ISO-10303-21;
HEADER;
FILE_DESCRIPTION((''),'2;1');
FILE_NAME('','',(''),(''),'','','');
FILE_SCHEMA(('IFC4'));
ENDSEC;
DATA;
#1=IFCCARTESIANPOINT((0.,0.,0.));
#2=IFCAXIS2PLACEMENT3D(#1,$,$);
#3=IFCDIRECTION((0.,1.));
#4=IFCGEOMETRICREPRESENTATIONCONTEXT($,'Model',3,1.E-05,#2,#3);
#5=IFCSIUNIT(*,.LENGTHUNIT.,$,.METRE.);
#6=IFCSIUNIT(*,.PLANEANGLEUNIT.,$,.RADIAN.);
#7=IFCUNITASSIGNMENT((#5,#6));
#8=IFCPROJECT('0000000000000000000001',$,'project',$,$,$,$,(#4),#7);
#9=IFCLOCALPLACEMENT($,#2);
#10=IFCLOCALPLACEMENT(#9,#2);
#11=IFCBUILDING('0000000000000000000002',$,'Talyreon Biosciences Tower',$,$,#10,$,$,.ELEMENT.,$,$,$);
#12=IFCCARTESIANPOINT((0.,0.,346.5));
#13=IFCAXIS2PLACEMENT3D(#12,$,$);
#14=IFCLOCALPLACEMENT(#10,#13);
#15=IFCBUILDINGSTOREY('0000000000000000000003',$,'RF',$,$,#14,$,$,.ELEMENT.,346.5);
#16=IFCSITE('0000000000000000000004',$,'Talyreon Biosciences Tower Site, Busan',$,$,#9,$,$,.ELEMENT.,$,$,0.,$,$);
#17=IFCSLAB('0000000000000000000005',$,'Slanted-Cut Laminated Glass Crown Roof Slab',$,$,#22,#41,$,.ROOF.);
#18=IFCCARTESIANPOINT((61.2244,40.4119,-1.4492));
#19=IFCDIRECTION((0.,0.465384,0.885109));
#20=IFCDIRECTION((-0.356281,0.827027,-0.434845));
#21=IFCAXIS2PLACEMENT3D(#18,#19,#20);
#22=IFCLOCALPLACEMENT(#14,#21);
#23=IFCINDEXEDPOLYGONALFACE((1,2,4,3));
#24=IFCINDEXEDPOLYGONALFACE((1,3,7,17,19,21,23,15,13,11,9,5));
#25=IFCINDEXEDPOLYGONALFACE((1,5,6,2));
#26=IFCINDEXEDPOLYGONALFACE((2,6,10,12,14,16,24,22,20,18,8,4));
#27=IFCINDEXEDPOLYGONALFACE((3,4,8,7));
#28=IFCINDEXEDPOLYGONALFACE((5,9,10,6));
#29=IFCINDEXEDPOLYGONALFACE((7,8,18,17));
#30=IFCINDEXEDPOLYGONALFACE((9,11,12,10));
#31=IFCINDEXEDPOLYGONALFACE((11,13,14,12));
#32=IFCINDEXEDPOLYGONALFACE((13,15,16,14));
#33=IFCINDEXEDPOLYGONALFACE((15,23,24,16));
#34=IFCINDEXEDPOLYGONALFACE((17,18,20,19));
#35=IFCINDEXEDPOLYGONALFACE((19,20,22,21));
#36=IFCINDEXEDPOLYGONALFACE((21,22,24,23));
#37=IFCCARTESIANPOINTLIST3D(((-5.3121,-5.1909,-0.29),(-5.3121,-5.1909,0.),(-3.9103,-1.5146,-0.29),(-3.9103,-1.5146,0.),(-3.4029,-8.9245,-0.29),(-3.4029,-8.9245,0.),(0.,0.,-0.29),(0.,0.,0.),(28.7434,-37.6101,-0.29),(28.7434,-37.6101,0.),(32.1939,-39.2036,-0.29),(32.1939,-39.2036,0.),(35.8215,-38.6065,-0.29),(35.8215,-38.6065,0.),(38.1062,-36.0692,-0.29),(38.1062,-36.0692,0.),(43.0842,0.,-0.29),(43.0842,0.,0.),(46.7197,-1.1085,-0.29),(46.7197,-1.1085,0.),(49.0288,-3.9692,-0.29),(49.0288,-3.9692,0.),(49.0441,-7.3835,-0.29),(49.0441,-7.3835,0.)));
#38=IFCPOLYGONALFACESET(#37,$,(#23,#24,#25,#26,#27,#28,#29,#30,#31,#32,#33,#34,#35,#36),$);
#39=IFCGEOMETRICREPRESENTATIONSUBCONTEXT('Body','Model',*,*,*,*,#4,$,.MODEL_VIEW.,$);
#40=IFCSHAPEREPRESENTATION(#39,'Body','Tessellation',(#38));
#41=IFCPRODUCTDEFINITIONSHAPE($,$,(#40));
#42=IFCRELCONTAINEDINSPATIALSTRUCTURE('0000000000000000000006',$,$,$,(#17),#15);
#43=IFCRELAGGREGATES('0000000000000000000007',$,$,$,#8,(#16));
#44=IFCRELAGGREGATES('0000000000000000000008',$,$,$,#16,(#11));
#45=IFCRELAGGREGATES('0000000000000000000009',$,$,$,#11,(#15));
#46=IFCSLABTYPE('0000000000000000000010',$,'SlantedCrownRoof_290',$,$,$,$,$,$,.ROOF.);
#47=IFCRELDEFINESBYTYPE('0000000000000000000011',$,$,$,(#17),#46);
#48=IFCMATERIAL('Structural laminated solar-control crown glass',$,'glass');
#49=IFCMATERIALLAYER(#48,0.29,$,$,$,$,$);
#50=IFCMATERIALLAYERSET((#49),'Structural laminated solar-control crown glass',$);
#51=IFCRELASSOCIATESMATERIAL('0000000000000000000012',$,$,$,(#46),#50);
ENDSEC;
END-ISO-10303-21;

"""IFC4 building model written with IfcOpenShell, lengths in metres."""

from ifc_helpers import new_model, si_unit, direction, frame, origin, place, context, subcontext, project, spatial, polyline, outline, extrude, material, layer, layer_set, type_object, element, save


model = new_model("IFC4")

# Units and contexts
model_context = context("Model", 3, precision=1e-05, world=origin(), true_north=direction((0.0, 1.0)))
body_context = subcontext(model_context, "Body", "Model", "MODEL_VIEW")
ifc_project = project(units=[si_unit("LENGTHUNIT", "METRE"), si_unit("PLANEANGLEUNIT", "RADIAN")], contexts=[model_context])

# Site, building, storey
site_placement = place(None, origin())
site = spatial("IfcSite", under=ifc_project, at=site_placement, Name="Talyreon Biosciences Tower Site, Busan", CompositionType="ELEMENT", RefElevation=0.0)
building_placement = place(site_placement, origin())
building = spatial("IfcBuilding", under=site, at=building_placement, Name="Talyreon Biosciences Tower", CompositionType="ELEMENT")
storey_placement = place(building_placement, frame((0.0, 0.0, 346.5)))
storey = spatial("IfcBuildingStorey", under=building, at=storey_placement, Name="RF", CompositionType="ELEMENT", Elevation=346.5)

# Slab
ifc_material_1 = material(Name="Structural laminated solar-control crown glass", Category="glass")
ifc_layer_1 = layer(ifc_material_1, 0.29)
ifc_layer_set_1 = layer_set([ifc_layer_1], Name="Structural laminated solar-control crown glass")
slab_type = type_object("IfcSlabType", Name="SlantedCrownRoof_290", PredefinedType="ROOF", material=ifc_layer_set_1)
slab_placement = place(storey_placement, frame((61.2244, 40.4119, -1.4492), z_axis=(0.0, 0.465384, 0.885109), x_axis=(-0.356281, 0.827027, -0.434845)))
element("IfcSlab", 1, at=slab_placement, inside=storey, type_object=slab_type, Name="Slanted-Cut Laminated Glass Crown Roof Slab", PredefinedType="ROOF", context=body_context, shape_type="SweptSolid", body=[
    extrude(outline(polyline([(0.0, 0.0), (43.0842, 0.0), (46.7197, -1.1085), (49.0288, -3.9692), (49.0441, -7.3835), (38.1062, -36.0692), (35.8215, -38.6065), (32.1939, -39.2036), (28.7434, -37.6101), (-3.4029, -8.9245), (-5.3121, -5.1909), (-3.9103, -1.5146), (0.0, 0.0)])), origin(), (0.0, 0.0, -1.0), 0.29),
])

save(model, "model.ifc")
